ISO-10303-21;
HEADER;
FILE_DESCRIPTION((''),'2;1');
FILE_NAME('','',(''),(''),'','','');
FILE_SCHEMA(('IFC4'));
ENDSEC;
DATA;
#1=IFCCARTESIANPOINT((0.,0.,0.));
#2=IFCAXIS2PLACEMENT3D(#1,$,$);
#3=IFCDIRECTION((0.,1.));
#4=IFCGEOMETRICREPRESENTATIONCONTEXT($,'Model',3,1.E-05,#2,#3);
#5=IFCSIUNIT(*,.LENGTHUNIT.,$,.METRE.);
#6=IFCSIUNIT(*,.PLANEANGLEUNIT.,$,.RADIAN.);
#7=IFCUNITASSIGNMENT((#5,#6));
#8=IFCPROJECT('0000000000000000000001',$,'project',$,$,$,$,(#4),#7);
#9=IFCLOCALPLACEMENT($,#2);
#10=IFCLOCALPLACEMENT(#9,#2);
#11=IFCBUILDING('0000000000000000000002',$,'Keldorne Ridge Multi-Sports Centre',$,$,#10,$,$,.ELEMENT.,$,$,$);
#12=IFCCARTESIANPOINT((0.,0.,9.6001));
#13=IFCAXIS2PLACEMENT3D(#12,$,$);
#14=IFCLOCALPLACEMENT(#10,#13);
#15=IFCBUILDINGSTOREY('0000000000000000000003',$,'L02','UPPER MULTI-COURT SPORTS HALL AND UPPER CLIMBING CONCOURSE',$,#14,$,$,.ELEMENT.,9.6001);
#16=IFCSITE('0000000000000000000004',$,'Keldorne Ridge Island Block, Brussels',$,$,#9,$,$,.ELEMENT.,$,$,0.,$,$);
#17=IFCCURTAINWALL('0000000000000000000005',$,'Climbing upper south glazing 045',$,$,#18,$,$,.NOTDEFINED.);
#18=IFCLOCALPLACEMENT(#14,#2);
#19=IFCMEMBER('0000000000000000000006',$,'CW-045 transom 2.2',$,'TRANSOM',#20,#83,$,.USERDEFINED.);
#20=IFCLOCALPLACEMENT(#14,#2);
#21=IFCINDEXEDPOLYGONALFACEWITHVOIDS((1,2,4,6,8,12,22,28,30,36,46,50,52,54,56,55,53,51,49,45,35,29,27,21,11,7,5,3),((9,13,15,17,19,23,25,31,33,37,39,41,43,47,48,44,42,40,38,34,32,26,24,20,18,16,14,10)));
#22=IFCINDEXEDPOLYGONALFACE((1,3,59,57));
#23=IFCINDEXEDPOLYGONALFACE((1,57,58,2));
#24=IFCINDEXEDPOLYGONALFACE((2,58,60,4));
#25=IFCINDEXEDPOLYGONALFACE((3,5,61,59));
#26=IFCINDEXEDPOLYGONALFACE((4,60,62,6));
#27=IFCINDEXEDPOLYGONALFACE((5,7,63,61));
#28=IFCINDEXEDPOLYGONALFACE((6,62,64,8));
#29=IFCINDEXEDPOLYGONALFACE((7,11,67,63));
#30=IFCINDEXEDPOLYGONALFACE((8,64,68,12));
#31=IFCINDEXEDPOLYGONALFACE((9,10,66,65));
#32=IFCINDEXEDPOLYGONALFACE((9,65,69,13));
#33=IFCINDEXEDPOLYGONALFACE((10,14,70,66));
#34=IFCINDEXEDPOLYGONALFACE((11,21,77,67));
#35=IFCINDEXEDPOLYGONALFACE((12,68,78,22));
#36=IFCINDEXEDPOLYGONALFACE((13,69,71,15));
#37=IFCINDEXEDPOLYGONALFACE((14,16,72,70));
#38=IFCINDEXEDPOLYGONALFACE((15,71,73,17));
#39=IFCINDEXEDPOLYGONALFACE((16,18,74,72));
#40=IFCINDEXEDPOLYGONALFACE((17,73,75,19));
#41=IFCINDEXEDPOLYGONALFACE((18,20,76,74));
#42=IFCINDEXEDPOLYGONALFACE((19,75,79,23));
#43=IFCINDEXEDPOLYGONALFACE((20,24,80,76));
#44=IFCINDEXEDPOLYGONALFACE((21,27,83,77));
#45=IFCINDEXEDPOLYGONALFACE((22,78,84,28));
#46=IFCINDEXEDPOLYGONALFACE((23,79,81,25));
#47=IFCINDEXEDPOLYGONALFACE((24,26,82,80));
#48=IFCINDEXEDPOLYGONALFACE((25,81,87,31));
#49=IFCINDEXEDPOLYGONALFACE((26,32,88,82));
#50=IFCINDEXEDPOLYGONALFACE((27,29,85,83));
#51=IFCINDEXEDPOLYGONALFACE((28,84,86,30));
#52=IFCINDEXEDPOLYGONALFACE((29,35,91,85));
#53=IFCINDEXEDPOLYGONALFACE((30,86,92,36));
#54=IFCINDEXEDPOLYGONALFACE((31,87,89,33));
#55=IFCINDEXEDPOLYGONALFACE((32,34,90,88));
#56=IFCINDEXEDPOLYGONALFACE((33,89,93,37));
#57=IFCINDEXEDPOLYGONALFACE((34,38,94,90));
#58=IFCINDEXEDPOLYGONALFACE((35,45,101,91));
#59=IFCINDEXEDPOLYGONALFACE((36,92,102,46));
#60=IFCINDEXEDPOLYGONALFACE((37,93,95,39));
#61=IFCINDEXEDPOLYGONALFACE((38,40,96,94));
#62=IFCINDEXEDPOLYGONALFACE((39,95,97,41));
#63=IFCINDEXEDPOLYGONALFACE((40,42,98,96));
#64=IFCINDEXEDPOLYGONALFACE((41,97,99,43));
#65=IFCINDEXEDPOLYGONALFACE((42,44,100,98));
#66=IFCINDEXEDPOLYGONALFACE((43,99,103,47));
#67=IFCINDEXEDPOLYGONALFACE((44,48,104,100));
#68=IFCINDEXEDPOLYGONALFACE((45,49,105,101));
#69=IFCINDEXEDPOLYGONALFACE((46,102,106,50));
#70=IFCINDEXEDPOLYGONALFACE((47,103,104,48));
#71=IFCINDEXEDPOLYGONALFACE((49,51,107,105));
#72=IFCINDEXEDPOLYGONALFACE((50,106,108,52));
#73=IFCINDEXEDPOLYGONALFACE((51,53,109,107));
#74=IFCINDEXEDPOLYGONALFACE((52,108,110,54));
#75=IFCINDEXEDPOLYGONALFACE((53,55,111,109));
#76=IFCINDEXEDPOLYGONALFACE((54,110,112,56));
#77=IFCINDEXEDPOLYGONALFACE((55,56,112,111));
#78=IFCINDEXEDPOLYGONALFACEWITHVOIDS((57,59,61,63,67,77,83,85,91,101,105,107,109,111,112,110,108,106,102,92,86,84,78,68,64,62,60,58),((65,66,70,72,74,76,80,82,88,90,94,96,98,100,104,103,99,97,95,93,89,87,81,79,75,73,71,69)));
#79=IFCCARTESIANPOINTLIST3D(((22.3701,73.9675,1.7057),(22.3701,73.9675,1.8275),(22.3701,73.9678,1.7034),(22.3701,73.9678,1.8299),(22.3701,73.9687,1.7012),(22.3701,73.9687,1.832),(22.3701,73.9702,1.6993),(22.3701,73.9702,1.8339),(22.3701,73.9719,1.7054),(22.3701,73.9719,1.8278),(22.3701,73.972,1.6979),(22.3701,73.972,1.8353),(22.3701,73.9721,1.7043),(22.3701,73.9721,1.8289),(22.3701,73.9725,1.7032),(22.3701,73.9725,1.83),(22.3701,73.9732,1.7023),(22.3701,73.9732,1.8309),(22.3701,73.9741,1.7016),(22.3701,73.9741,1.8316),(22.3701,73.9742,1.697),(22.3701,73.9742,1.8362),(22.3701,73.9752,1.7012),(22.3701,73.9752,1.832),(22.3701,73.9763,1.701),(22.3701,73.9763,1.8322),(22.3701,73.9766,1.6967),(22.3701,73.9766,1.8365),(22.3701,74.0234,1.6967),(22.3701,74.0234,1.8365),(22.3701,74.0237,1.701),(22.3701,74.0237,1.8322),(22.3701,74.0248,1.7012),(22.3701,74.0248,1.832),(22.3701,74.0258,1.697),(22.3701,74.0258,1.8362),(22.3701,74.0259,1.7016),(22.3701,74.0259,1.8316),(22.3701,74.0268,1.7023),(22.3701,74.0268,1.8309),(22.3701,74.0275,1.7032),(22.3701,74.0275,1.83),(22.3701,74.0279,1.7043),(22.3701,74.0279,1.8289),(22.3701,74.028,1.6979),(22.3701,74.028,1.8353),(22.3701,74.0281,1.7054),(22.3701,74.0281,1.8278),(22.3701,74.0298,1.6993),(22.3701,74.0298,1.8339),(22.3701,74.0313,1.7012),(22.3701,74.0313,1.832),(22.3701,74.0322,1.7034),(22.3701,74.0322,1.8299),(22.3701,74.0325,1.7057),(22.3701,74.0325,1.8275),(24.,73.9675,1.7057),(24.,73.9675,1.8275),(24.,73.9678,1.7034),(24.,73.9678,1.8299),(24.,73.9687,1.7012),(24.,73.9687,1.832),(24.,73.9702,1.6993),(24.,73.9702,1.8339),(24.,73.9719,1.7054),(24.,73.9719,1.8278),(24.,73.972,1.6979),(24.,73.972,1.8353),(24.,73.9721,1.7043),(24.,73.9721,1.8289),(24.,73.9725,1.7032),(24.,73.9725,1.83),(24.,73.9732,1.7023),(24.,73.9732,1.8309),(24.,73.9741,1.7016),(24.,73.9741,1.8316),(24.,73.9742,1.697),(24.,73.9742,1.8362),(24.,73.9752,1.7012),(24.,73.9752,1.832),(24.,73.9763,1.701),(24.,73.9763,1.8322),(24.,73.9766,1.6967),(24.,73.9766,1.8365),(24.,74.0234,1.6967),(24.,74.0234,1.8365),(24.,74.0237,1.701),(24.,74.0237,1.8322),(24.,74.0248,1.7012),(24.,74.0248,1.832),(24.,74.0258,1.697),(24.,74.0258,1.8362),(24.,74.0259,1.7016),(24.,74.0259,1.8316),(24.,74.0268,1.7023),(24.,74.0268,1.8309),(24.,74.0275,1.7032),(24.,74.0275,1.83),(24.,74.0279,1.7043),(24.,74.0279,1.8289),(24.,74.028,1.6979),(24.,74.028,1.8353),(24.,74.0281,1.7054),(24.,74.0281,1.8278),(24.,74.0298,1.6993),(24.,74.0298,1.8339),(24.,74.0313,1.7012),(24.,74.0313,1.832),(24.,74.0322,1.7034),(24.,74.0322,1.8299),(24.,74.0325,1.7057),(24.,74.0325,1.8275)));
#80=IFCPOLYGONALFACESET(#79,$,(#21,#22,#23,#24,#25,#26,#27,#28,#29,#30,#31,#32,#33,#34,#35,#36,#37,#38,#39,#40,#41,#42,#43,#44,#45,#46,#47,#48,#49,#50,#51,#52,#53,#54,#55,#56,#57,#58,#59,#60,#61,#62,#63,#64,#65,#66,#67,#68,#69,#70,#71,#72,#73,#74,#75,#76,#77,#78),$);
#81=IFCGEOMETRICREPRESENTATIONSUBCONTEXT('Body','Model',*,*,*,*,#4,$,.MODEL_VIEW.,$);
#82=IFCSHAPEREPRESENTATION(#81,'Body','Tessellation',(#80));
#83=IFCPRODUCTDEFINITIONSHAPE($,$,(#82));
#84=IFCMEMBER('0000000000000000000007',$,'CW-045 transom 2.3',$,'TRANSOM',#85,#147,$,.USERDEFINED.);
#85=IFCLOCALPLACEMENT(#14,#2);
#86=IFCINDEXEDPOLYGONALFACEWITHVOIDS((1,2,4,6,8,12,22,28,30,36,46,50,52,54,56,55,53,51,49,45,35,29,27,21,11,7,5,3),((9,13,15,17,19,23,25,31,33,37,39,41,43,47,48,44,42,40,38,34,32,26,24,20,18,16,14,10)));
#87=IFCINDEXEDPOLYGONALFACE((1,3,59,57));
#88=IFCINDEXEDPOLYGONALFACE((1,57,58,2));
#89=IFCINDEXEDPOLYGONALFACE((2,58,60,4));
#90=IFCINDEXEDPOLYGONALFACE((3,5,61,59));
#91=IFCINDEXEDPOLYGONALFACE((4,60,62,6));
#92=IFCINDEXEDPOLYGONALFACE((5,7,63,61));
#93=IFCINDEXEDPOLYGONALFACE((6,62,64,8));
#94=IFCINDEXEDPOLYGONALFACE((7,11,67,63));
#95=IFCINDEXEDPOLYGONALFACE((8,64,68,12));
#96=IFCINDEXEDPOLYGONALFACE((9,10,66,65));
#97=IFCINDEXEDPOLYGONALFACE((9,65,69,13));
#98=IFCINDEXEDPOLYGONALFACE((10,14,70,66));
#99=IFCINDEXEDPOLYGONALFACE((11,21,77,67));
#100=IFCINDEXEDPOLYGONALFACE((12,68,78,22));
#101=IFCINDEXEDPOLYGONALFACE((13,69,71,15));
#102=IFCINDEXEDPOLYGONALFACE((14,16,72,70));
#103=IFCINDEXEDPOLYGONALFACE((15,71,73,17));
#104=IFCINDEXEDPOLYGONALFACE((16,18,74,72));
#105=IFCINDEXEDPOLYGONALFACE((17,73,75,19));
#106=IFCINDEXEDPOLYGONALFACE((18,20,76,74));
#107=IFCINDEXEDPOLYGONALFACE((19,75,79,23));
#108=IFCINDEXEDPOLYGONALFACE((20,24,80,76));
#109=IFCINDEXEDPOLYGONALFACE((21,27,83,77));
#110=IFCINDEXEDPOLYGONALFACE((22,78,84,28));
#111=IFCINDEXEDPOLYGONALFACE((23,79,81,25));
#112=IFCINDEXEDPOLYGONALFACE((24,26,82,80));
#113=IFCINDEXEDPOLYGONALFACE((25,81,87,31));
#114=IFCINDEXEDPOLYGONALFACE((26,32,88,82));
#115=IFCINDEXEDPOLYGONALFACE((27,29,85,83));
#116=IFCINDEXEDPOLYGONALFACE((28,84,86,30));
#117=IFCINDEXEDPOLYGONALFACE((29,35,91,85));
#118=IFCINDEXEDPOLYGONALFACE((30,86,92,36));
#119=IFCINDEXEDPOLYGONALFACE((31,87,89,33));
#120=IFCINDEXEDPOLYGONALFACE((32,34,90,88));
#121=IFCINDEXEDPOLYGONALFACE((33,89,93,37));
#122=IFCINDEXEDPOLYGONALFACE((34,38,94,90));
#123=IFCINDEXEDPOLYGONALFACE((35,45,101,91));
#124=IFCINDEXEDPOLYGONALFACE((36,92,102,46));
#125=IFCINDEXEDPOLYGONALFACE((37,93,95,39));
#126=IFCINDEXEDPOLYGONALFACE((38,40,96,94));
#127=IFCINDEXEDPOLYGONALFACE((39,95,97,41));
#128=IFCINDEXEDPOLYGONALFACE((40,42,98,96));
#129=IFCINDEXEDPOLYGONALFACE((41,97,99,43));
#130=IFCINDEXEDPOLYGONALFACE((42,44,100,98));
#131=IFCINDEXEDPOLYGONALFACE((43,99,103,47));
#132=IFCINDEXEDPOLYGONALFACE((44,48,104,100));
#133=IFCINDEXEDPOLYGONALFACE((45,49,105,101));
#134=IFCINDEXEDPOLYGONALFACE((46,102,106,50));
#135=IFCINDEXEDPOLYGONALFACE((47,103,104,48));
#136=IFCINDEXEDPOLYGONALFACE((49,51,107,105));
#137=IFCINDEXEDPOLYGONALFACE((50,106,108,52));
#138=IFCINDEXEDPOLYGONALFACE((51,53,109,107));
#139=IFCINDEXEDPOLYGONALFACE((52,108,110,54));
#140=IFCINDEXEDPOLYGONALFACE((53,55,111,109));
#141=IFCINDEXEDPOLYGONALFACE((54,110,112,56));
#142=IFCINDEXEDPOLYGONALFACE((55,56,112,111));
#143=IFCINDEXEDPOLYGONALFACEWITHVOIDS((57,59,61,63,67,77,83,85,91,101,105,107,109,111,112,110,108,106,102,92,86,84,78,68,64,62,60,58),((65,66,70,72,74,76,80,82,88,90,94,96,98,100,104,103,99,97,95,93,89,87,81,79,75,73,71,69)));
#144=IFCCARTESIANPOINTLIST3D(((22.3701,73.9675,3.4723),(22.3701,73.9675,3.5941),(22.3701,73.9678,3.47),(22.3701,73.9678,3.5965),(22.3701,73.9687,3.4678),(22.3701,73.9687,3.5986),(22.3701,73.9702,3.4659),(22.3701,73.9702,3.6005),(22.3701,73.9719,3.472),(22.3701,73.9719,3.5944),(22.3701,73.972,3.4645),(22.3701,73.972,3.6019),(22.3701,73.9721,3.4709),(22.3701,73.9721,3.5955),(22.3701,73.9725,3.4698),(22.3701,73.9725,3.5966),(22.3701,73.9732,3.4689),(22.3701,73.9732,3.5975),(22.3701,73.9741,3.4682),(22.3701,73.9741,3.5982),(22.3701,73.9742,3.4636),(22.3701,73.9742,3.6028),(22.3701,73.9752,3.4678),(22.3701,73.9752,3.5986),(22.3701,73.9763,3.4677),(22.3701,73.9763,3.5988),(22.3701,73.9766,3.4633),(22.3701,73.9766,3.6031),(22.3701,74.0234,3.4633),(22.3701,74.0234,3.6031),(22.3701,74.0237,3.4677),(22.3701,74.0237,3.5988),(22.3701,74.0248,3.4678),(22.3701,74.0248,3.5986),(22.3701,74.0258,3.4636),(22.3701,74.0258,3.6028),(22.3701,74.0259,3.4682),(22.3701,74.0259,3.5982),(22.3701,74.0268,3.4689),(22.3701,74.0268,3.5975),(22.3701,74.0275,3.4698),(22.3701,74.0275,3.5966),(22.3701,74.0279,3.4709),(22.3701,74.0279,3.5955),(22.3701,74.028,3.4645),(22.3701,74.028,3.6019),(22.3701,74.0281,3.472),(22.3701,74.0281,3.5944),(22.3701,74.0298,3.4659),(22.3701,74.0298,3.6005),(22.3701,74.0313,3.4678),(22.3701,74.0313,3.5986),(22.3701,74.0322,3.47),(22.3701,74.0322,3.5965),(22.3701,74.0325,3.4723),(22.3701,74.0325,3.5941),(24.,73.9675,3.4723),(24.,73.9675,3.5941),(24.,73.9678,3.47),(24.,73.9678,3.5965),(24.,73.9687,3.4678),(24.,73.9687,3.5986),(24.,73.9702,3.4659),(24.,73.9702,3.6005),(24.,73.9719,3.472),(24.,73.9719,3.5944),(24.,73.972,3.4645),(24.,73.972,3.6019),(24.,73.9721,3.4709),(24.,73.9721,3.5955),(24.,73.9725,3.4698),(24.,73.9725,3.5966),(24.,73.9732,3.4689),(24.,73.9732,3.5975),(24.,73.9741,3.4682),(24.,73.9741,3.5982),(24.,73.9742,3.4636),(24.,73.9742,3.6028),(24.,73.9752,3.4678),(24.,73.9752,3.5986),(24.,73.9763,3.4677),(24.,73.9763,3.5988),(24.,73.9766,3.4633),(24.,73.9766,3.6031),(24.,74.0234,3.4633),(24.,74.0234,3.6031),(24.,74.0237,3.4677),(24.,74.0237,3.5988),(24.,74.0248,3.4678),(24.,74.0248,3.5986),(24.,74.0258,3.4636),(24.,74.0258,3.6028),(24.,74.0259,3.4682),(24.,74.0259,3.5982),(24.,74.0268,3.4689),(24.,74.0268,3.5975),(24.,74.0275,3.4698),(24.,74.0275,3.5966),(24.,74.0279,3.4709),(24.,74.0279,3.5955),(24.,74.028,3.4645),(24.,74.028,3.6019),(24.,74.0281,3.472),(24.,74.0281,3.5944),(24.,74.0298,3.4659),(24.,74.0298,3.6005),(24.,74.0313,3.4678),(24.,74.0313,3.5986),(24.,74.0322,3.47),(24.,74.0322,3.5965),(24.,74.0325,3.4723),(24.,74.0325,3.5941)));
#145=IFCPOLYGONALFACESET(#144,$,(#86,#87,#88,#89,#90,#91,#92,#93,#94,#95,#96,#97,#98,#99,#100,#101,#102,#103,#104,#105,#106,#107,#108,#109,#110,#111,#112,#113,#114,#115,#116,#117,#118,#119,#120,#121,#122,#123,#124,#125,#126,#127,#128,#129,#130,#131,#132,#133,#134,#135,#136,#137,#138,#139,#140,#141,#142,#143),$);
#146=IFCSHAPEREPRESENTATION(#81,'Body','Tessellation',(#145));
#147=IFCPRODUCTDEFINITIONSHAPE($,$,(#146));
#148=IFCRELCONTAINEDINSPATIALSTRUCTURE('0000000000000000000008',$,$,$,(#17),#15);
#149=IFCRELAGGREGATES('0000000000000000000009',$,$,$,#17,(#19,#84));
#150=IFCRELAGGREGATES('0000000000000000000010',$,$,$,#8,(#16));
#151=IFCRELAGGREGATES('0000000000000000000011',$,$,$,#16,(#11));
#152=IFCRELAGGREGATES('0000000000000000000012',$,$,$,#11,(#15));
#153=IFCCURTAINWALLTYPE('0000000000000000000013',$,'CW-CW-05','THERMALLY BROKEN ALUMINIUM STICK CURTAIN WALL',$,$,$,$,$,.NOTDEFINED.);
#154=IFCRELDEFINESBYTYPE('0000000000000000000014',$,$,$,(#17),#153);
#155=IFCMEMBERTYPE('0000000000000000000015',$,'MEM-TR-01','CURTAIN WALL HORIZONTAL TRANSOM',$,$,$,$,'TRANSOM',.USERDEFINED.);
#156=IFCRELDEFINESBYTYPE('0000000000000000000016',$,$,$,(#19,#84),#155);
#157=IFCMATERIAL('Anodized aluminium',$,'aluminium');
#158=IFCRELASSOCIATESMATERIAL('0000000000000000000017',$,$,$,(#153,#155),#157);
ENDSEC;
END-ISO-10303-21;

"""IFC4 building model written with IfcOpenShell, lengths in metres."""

from ifc_helpers import new_model, si_unit, direction, frame, origin, origin_2d, place, context, subcontext, project, spatial, hollow_rectangle, extrude, material, material_profile, profile_set, type_object, element, aggregate, save


model = new_model("IFC4")

# Units and contexts
model_context = context("Model", 3, precision=1e-05, world=origin(), true_north=direction((0.0, 1.0)))
body_context = subcontext(model_context, "Body", "Model", "MODEL_VIEW")
ifc_project = project(units=[si_unit("LENGTHUNIT", "METRE"), si_unit("PLANEANGLEUNIT", "RADIAN")], contexts=[model_context])

# Site, building, storey
site_placement = place(None, origin())
site = spatial("IfcSite", under=ifc_project, at=site_placement, Name="Keldorne Ridge Island Block, Brussels", CompositionType="ELEMENT", RefElevation=0.0)
building_placement = place(site_placement, origin())
building = spatial("IfcBuilding", under=site, at=building_placement, Name="Keldorne Ridge Multi-Sports Centre", CompositionType="ELEMENT")
storey_placement = place(building_placement, frame((0.0, 0.0, 9.6001)))
storey = spatial("IfcBuildingStorey", under=building, at=storey_placement, Name="L02", Description="UPPER MULTI-COURT SPORTS HALL AND UPPER CLIMBING CONCOURSE", CompositionType="ELEMENT", Elevation=9.6001)

# Curtain wall
ifc_material_1 = material(Name="Anodized aluminium", Category="aluminium")
curtain_wall_type = type_object("IfcCurtainWallType", Name="CW-CW-05", Description="THERMALLY BROKEN ALUMINIUM STICK CURTAIN WALL", PredefinedType="NOTDEFINED", material=ifc_material_1)
curtain_wall_placement = place(storey_placement, origin())
curtain_wall = element("IfcCurtainWall", 1, at=curtain_wall_placement, inside=storey, type_object=curtain_wall_type, Name="Climbing upper south glazing 045", PredefinedType="NOTDEFINED")

# Members
ifc_material_profile_1 = material_profile(ifc_material_1, hollow_rectangle(XDim=0.0649, YDim=0.1399, WallThickness=0.0044, InnerFilletRadius=0.0044, OuterFilletRadius=0.009, at=origin_2d()), Name="ALU TRANSOM 140x65x4.5")
ifc_profile_set_1 = profile_set([ifc_material_profile_1], Name="Anodized aluminium")
member_type_1 = type_object("IfcMemberType", Name="MEM-TR-01", Description="CURTAIN WALL HORIZONTAL TRANSOM", ElementType="TRANSOM", PredefinedType="USERDEFINED", material=ifc_profile_set_1)
member_1_placement = place(storey_placement, frame((22.3701, 74.0, 1.7666), z_axis=(1.0, 0.0, 0.0), x_axis=(0.0, 1.0, 0.0)))
member_1 = element("IfcMember", 2, at=member_1_placement, type_object=member_type_1, Name="CW-045 transom 2.2", ObjectType="TRANSOM", PredefinedType="USERDEFINED", context=body_context, shape_type="SweptSolid", body=[
    extrude(hollow_rectangle(XDim=0.0649, YDim=0.1399, WallThickness=0.0044, InnerFilletRadius=0.0044, OuterFilletRadius=0.009, at=origin_2d()), origin(), (0.0, 0.0, 1.0), 1.6299),
])
member_2_placement = place(storey_placement, frame((22.3701, 74.0, 3.5332), z_axis=(1.0, 0.0, 0.0), x_axis=(0.0, 1.0, 0.0)))
member_2 = element("IfcMember", 3, at=member_2_placement, type_object=member_type_1, Name="CW-045 transom 2.3", ObjectType="TRANSOM", PredefinedType="USERDEFINED", context=body_context, shape_type="SweptSolid", body=[
    extrude(hollow_rectangle(XDim=0.0649, YDim=0.1399, WallThickness=0.0044, InnerFilletRadius=0.0044, OuterFilletRadius=0.009, at=origin_2d()), origin(), (0.0, 0.0, 1.0), 1.6299),
])

aggregate(curtain_wall, [member_1, member_2])

save(model, "model.ifc")
